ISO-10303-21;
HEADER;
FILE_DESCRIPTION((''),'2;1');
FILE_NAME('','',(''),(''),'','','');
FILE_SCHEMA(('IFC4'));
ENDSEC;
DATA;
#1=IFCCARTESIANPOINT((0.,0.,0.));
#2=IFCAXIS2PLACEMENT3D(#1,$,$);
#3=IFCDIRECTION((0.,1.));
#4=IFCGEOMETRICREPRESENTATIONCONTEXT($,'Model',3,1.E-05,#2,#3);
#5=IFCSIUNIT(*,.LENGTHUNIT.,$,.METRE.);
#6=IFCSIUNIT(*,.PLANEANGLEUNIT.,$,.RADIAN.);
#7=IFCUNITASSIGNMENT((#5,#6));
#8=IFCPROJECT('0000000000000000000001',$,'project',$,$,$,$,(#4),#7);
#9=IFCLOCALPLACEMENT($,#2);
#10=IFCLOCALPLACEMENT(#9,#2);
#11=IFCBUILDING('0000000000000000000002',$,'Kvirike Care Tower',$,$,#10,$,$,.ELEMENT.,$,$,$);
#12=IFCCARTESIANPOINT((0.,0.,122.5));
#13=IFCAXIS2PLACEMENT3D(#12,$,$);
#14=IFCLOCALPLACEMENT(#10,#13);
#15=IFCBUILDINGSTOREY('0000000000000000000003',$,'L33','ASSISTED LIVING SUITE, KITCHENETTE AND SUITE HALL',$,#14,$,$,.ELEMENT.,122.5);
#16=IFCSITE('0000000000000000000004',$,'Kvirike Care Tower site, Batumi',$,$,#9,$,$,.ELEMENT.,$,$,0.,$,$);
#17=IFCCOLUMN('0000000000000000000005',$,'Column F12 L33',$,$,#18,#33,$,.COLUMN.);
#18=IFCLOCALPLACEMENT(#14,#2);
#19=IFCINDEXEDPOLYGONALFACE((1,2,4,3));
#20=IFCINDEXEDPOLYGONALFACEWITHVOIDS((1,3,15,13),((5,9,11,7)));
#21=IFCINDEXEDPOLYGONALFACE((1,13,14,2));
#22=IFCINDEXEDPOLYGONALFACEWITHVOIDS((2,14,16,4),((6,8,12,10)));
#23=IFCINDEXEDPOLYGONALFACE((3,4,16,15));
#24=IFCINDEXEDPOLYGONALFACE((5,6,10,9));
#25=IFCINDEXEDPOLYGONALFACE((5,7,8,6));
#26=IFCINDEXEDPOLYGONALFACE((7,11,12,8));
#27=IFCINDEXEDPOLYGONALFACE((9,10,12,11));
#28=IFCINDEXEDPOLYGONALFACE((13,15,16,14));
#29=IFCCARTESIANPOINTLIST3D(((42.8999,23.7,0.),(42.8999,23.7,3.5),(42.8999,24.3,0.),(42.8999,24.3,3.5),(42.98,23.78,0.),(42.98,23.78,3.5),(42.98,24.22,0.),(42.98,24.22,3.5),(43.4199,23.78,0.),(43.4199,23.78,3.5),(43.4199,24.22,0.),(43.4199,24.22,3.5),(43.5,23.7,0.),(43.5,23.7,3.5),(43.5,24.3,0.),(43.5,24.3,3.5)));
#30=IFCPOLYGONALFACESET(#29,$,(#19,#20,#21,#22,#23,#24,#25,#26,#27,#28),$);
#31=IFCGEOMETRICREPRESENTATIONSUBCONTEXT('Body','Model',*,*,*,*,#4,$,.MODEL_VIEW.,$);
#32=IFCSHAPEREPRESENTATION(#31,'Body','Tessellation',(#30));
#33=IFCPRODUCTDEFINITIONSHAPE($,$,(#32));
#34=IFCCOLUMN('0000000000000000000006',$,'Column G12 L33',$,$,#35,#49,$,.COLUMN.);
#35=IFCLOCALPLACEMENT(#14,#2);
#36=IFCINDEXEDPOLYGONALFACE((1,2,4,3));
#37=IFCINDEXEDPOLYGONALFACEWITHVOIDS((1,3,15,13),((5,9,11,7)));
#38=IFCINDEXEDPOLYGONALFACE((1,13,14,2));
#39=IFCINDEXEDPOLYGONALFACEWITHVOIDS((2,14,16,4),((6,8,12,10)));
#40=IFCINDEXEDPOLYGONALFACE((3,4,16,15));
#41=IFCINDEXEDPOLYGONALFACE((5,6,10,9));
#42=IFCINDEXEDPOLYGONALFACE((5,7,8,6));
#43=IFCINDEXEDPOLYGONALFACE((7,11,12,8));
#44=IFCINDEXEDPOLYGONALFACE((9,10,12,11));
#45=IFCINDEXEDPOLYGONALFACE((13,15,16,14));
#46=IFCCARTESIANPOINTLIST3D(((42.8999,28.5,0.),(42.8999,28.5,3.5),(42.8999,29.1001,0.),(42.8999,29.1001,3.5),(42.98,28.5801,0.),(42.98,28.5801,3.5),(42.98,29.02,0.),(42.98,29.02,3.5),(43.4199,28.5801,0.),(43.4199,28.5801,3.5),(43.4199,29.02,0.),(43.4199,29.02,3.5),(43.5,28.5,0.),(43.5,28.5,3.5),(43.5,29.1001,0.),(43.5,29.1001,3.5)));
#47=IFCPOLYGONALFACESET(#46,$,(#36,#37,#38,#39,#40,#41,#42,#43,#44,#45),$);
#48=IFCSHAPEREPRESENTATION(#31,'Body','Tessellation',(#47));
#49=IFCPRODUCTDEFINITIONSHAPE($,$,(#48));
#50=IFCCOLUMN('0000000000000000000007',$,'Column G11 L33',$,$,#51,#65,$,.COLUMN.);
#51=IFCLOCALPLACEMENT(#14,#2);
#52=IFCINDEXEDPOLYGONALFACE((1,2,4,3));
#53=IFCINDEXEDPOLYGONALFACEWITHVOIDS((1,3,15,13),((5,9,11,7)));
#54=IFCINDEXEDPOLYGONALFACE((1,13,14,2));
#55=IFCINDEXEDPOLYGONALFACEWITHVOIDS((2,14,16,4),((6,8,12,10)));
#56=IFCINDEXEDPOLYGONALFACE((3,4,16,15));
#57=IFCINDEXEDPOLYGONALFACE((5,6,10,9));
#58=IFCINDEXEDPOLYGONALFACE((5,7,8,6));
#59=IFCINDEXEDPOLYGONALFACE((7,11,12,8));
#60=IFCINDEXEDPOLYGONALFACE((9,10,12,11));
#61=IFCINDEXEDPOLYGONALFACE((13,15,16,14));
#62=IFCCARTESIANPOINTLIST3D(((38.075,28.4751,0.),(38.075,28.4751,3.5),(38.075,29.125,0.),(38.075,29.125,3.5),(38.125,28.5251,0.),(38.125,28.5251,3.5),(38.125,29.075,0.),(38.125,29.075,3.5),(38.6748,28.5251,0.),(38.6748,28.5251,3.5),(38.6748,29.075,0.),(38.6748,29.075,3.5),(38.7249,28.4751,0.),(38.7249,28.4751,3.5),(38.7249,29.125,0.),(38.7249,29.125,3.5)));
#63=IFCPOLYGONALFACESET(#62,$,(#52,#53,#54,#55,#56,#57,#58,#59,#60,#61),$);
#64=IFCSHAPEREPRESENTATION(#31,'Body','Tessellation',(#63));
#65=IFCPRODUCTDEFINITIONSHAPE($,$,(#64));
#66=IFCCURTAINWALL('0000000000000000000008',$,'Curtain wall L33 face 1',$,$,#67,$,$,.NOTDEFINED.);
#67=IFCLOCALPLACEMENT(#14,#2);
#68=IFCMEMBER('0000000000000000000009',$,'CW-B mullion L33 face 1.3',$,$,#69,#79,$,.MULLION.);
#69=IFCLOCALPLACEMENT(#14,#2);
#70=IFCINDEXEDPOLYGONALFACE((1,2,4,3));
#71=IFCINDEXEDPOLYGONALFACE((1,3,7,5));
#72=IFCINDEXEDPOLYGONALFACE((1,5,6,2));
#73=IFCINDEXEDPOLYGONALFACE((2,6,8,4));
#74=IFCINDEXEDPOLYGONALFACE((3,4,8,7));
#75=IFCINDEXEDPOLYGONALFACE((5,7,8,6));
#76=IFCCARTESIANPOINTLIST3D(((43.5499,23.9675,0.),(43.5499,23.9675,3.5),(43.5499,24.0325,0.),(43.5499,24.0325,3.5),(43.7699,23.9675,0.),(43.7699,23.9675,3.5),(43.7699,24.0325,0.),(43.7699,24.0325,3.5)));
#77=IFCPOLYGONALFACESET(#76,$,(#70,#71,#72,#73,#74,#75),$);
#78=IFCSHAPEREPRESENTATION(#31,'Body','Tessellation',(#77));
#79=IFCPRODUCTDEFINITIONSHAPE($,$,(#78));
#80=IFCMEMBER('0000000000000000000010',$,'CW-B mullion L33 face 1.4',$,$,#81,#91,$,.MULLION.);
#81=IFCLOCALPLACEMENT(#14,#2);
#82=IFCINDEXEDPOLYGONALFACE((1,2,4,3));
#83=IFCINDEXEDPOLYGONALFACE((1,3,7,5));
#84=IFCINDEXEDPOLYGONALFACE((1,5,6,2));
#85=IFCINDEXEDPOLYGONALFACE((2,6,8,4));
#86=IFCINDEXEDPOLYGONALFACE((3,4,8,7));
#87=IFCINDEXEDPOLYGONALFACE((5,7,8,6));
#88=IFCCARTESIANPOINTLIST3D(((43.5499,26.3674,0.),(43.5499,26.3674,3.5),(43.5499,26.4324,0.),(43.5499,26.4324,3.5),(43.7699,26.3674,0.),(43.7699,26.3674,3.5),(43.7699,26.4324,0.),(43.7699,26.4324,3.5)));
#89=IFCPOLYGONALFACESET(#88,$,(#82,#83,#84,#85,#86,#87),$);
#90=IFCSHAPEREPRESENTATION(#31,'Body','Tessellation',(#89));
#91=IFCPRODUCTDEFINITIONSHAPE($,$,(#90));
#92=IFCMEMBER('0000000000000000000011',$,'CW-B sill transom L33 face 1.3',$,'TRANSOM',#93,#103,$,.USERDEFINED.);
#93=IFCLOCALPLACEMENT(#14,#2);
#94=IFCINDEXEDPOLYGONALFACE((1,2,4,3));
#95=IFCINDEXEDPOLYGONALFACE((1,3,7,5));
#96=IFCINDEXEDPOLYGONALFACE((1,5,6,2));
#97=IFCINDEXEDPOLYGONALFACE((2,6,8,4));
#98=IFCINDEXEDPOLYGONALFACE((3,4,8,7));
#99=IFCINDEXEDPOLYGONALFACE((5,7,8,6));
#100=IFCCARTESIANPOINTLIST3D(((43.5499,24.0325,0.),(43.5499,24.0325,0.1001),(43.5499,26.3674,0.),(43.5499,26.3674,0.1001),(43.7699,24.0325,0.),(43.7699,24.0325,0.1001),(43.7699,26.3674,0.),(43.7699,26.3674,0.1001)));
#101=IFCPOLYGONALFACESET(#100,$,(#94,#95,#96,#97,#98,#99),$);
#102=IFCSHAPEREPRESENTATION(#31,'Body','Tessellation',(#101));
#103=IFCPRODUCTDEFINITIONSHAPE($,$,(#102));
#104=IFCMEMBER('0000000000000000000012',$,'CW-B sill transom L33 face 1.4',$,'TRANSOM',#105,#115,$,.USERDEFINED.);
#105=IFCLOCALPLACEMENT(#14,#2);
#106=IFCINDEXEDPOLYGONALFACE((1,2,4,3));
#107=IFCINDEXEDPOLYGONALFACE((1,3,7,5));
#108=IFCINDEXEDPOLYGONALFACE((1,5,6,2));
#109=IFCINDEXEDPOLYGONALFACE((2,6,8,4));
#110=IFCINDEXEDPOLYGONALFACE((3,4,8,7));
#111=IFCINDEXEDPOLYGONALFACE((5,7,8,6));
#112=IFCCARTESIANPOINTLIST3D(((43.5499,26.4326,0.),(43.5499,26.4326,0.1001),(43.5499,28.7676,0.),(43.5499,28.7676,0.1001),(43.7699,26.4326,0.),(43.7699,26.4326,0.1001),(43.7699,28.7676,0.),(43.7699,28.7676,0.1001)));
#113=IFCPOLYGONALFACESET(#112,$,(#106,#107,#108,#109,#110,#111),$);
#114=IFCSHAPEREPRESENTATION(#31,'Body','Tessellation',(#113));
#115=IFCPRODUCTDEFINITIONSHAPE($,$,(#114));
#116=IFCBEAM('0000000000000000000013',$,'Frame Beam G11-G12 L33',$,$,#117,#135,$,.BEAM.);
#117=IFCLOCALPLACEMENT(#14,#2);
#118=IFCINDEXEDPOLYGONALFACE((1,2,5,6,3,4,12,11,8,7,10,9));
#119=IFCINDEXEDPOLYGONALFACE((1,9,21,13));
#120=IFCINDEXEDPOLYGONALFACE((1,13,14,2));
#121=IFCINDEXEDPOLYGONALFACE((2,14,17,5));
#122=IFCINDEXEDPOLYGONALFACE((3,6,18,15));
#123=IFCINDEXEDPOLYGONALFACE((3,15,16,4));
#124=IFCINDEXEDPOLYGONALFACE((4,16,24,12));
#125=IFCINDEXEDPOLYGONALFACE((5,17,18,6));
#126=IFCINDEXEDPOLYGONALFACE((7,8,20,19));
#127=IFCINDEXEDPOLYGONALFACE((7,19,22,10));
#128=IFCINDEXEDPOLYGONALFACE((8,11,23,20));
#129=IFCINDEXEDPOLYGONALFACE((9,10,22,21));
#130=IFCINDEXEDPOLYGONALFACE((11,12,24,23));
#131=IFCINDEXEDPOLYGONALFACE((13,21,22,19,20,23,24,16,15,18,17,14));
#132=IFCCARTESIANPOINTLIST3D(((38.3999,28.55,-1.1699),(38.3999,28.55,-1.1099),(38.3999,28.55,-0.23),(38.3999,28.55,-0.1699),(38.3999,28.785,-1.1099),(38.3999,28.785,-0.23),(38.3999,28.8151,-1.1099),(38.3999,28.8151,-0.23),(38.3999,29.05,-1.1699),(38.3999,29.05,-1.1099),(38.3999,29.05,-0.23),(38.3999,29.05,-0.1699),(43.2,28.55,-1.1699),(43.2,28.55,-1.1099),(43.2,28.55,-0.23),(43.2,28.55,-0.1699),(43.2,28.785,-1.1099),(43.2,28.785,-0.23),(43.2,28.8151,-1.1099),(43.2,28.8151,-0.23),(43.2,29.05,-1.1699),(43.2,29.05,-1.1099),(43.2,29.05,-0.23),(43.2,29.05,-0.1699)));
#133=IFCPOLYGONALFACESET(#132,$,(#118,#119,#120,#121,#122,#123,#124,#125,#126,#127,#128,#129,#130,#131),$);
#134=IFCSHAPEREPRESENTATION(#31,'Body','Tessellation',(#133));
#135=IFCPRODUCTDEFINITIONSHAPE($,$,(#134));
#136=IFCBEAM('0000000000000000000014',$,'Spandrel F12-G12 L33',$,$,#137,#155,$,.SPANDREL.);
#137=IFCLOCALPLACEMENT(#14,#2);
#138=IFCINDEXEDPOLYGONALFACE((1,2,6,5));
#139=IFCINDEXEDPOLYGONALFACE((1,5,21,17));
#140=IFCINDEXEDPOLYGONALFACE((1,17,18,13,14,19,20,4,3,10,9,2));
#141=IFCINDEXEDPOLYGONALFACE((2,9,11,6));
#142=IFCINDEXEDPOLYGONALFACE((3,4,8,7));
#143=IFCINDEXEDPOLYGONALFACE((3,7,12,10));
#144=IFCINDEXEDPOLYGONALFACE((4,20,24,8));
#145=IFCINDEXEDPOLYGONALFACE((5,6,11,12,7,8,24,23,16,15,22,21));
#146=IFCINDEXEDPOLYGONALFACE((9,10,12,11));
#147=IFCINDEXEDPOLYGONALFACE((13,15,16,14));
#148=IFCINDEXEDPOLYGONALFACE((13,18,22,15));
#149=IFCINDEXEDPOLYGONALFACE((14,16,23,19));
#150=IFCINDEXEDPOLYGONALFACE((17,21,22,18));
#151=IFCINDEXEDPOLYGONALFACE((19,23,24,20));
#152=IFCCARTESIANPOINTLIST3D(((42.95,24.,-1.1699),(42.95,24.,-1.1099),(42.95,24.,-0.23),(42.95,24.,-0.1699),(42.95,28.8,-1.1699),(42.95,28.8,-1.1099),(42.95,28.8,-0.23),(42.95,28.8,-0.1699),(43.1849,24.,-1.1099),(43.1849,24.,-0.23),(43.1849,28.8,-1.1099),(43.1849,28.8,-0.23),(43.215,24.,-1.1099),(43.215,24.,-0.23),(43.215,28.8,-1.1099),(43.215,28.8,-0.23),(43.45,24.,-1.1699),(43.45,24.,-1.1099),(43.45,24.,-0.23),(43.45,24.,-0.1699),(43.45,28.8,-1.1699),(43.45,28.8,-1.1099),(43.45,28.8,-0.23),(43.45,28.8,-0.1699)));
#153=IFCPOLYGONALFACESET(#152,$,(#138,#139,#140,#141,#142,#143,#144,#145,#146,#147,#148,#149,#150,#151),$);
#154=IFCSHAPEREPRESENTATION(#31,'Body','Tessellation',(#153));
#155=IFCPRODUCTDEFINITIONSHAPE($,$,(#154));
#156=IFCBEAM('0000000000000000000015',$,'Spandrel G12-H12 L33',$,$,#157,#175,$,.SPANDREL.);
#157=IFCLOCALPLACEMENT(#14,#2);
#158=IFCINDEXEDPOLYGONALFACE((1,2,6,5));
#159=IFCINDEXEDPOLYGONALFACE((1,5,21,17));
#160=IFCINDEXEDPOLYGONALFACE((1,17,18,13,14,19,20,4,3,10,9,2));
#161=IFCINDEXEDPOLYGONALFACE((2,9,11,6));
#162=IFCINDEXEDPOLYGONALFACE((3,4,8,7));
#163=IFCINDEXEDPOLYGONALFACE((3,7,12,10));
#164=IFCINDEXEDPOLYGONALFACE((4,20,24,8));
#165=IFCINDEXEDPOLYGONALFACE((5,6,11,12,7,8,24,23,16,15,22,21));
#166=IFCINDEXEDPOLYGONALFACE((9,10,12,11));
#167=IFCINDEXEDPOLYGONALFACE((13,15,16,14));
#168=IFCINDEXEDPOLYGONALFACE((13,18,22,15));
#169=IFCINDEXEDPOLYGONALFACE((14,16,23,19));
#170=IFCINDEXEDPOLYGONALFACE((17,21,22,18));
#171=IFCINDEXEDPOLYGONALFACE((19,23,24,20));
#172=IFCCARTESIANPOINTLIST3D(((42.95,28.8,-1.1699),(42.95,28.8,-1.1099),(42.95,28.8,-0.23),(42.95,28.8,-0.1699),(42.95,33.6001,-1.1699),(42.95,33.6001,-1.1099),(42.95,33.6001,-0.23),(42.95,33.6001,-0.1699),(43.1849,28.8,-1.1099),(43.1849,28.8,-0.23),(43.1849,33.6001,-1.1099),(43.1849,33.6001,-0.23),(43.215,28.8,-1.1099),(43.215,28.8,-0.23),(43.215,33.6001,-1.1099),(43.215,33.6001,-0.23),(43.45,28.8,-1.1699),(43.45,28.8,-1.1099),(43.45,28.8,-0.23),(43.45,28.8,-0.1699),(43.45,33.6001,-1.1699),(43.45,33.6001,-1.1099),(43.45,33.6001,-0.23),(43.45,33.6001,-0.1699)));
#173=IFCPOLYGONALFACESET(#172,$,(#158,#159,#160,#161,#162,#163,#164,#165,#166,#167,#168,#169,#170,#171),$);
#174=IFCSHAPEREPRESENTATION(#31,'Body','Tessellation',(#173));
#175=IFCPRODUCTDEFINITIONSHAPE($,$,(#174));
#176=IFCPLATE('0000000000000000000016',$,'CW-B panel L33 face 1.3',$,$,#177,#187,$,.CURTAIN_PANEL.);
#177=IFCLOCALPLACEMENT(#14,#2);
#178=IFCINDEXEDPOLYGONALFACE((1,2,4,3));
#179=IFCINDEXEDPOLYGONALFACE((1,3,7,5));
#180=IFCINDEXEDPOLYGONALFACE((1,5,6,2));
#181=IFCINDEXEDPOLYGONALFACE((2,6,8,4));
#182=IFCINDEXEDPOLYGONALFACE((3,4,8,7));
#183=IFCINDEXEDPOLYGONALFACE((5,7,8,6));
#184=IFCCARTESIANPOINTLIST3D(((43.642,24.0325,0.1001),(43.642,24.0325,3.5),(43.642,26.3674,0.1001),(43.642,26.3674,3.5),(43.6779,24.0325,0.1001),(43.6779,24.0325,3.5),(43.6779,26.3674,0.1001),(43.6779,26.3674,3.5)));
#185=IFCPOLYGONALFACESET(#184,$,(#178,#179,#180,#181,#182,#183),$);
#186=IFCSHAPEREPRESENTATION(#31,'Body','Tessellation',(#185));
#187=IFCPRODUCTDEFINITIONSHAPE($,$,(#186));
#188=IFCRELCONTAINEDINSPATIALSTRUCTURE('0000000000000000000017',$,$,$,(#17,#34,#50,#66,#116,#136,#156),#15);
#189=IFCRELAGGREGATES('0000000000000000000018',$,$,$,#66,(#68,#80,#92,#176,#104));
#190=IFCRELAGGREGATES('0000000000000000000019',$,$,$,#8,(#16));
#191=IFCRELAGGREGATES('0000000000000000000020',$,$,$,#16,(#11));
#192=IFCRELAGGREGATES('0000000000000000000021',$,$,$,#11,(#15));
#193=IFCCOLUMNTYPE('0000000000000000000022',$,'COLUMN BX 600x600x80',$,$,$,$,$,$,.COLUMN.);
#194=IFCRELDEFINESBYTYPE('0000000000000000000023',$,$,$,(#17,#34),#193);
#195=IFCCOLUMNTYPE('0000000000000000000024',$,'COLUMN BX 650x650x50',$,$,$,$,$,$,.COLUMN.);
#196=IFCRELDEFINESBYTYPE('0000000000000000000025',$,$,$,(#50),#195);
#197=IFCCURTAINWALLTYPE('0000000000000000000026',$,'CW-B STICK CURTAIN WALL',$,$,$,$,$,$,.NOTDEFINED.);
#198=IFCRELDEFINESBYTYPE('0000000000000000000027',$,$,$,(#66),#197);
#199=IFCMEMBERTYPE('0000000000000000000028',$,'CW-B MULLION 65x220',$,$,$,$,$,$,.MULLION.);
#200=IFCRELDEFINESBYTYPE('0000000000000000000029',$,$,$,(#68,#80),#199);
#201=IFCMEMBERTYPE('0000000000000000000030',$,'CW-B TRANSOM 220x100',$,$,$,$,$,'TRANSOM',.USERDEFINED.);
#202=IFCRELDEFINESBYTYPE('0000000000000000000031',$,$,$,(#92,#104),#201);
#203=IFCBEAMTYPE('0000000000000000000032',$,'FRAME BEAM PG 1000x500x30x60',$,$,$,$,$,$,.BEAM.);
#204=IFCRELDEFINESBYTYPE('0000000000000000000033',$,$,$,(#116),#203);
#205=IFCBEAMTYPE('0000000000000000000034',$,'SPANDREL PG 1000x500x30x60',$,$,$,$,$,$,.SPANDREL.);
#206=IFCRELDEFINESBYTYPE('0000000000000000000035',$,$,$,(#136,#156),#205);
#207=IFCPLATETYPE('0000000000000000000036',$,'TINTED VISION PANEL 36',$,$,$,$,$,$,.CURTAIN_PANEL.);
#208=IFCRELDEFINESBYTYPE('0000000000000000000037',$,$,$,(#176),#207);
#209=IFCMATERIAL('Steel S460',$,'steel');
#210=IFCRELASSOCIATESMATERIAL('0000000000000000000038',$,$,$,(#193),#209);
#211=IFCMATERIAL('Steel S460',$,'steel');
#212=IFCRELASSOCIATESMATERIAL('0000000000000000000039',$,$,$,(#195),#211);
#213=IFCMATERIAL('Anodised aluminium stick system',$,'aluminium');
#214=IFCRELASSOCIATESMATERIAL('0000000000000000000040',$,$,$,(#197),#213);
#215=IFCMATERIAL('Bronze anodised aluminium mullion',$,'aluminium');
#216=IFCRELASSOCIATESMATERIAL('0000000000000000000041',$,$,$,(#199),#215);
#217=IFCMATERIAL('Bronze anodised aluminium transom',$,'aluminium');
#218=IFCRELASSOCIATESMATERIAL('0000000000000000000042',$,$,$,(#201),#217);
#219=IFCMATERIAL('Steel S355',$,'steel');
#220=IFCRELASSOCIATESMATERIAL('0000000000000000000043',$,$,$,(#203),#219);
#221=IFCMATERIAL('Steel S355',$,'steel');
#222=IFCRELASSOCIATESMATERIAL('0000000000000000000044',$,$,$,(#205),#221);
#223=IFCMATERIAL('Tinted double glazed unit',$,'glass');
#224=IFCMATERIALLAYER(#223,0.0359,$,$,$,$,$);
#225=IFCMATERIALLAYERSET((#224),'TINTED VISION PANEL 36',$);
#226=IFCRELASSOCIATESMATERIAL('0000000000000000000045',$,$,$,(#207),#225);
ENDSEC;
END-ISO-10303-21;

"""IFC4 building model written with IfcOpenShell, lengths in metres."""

from ifc_helpers import new_model, si_unit, direction, frame, origin, origin_2d, place, context, subcontext, project, spatial, rectangle, hollow_rectangle, i_section, extrude, material, layer, layer_set, material_profile, profile_set, type_object, element, aggregate, save


model = new_model("IFC4")

# Units and contexts
model_context = context("Model", 3, precision=1e-05, world=origin(), true_north=direction((0.0, 1.0)))
body_context = subcontext(model_context, "Body", "Model", "MODEL_VIEW")
ifc_project = project(units=[si_unit("LENGTHUNIT", "METRE"), si_unit("PLANEANGLEUNIT", "RADIAN")], contexts=[model_context])

# Site, building, storey
site_placement = place(None, origin())
site = spatial("IfcSite", under=ifc_project, at=site_placement, Name="Kvirike Care Tower site, Batumi", CompositionType="ELEMENT", RefElevation=0.0)
building_placement = place(site_placement, origin())
building = spatial("IfcBuilding", under=site, at=building_placement, Name="Kvirike Care Tower", CompositionType="ELEMENT")
storey_placement = place(building_placement, frame((0.0, 0.0, 122.5)))
storey = spatial("IfcBuildingStorey", under=building, at=storey_placement, Name="L33", Description="ASSISTED LIVING SUITE, KITCHENETTE AND SUITE HALL", CompositionType="ELEMENT", Elevation=122.5)

# Columns
ifc_material_1 = material(Name="Steel S460", Category="steel")
ifc_material_profile_1 = material_profile(ifc_material_1, hollow_rectangle(XDim=0.6001, YDim=0.6001, WallThickness=0.0801, at=origin_2d()), Name="BX 600x600x80")
ifc_profile_set_1 = profile_set([ifc_material_profile_1], Name="Steel S460")
column_type_1 = type_object("IfcColumnType", Name="COLUMN BX 600x600x80", PredefinedType="COLUMN", material=ifc_profile_set_1)
for number, where, z_axis, x_axis, name in (
    (1, (43.2, 24.0, 0.0), (0.0, 0.0, 1.0), (1.0, 0.0, 0.0), "Column F12 L33"),
    (2, (43.2, 28.8, 0.0), (0.0, 0.0, 1.0), (0.0, 1.0, 0.0), "Column G12 L33"),
):
    element("IfcColumn", number, at=place(storey_placement, frame(where, z_axis=z_axis, x_axis=x_axis)), inside=storey, type_object=column_type_1, Name=name, PredefinedType="COLUMN", context=body_context, shape_type="SweptSolid", body=[
        extrude(hollow_rectangle(XDim=0.6001, YDim=0.6001, WallThickness=0.0801, at=origin_2d()), origin(), (0.0, 0.0, 1.0), 3.5),
    ])
ifc_material_2 = material(Name="Steel S460", Category="steel")
ifc_material_profile_2 = material_profile(ifc_material_2, hollow_rectangle(XDim=0.6499, YDim=0.6499, WallThickness=0.05, at=origin_2d()), Name="BX 650x650x50")
ifc_profile_set_2 = profile_set([ifc_material_profile_2], Name="Steel S460")
column_type_2 = type_object("IfcColumnType", Name="COLUMN BX 650x650x50", PredefinedType="COLUMN", material=ifc_profile_set_2)
column_placement = place(storey_placement, frame((38.3999, 28.8, 0.0), z_axis=(0.0, 0.0, 1.0), x_axis=(0.0, 1.0, 0.0)))
element("IfcColumn", 3, at=column_placement, inside=storey, type_object=column_type_2, Name="Column G11 L33", PredefinedType="COLUMN", context=body_context, shape_type="SweptSolid", body=[
    extrude(hollow_rectangle(XDim=0.6499, YDim=0.6499, WallThickness=0.05, at=origin_2d()), origin(), (0.0, 0.0, 1.0), 3.5),
])

# Curtain wall, members
ifc_material_3 = material(Name="Anodised aluminium stick system", Category="aluminium")
curtain_wall_type = type_object("IfcCurtainWallType", Name="CW-B STICK CURTAIN WALL", PredefinedType="NOTDEFINED", material=ifc_material_3)
curtain_wall_placement = place(storey_placement, origin())
curtain_wall = element("IfcCurtainWall", 4, at=curtain_wall_placement, inside=storey, type_object=curtain_wall_type, Name="Curtain wall L33 face 1", PredefinedType="NOTDEFINED")
ifc_material_4 = material(Name="Bronze anodised aluminium mullion", Category="aluminium")
ifc_material_profile_3 = material_profile(ifc_material_4, rectangle(XDim=0.0649, YDim=0.22, at=origin_2d()), Name="CW-B MULLION 65x220")
ifc_profile_set_3 = profile_set([ifc_material_profile_3], Name="Bronze anodised aluminium mullion")
member_type_1 = type_object("IfcMemberType", Name="CW-B MULLION 65x220", PredefinedType="MULLION", material=ifc_profile_set_3)
member_1_placement = place(storey_placement, frame((43.6599, 24.0, 0.0), z_axis=(0.0, 0.0, 1.0), x_axis=(0.0, 1.0, 0.0)))
member_1 = element("IfcMember", 5, at=member_1_placement, type_object=member_type_1, Name="CW-B mullion L33 face 1.3", PredefinedType="MULLION", context=body_context, shape_type="SweptSolid", body=[
    extrude(rectangle(XDim=0.0649, YDim=0.22, at=origin_2d()), origin(), (0.0, 0.0, 1.0), 3.5),
])
member_2_placement = place(storey_placement, frame((43.6599, 26.3999, 0.0), z_axis=(0.0, 0.0, 1.0), x_axis=(0.0, 1.0, 0.0)))
member_2 = element("IfcMember", 6, at=member_2_placement, type_object=member_type_1, Name="CW-B mullion L33 face 1.4", PredefinedType="MULLION", context=body_context, shape_type="SweptSolid", body=[
    extrude(rectangle(XDim=0.0649, YDim=0.22, at=origin_2d()), origin(), (0.0, 0.0, 1.0), 3.5),
])
ifc_material_5 = material(Name="Bronze anodised aluminium transom", Category="aluminium")
ifc_material_profile_4 = material_profile(ifc_material_5, rectangle(XDim=0.22, YDim=0.1001, at=origin_2d()), Name="CW-B TRANSOM 220x100")
ifc_profile_set_4 = profile_set([ifc_material_profile_4], Name="Bronze anodised aluminium transom")
member_type_2 = type_object("IfcMemberType", Name="CW-B TRANSOM 220x100", ElementType="TRANSOM", PredefinedType="USERDEFINED", material=ifc_profile_set_4)
member_3_placement = place(storey_placement, frame((43.6599, 24.0325, 0.05), z_axis=(0.0, 1.0, 0.0), x_axis=(-1.0, 0.0, 0.0)))
member_3 = element("IfcMember", 7, at=member_3_placement, type_object=member_type_2, Name="CW-B sill transom L33 face 1.3", ObjectType="TRANSOM", PredefinedType="USERDEFINED", context=body_context, shape_type="SweptSolid", body=[
    extrude(rectangle(XDim=0.22, YDim=0.1001, at=origin_2d()), origin(), (0.0, 0.0, 1.0), 2.335),
])
member_4_placement = place(storey_placement, frame((43.6599, 26.4326, 0.05), z_axis=(0.0, 1.0, 0.0), x_axis=(-1.0, 0.0, 0.0)))
member_4 = element("IfcMember", 8, at=member_4_placement, type_object=member_type_2, Name="CW-B sill transom L33 face 1.4", ObjectType="TRANSOM", PredefinedType="USERDEFINED", context=body_context, shape_type="SweptSolid", body=[
    extrude(rectangle(XDim=0.22, YDim=0.1001, at=origin_2d()), origin(), (0.0, 0.0, 1.0), 2.335),
])

# Beams
ifc_material_6 = material(Name="Steel S355", Category="steel")
ifc_material_profile_5 = material_profile(ifc_material_6, i_section(OverallWidth=0.5, OverallDepth=1.0, WebThickness=0.03, FlangeThickness=0.0601, at=origin_2d()), Name="PG 1000x500x30x60")
ifc_profile_set_5 = profile_set([ifc_material_profile_5], Name="Steel S355")
beam_type_1 = type_object("IfcBeamType", Name="FRAME BEAM PG 1000x500x30x60", PredefinedType="BEAM", material=ifc_profile_set_5)
beam_placement = place(storey_placement, frame((38.3999, 28.8, -0.6699), z_axis=(1.0, 0.0, 0.0), x_axis=(0.0, 1.0, 0.0)))
element("IfcBeam", 9, at=beam_placement, inside=storey, type_object=beam_type_1, Name="Frame Beam G11-G12 L33", PredefinedType="BEAM", context=body_context, shape_type="SweptSolid", body=[
    extrude(i_section(OverallWidth=0.5, OverallDepth=1.0, WebThickness=0.03, FlangeThickness=0.0601, at=origin_2d()), origin(), (0.0, 0.0, 1.0), 4.8),
])
ifc_material_7 = material(Name="Steel S355", Category="steel")
ifc_material_profile_6 = material_profile(ifc_material_7, i_section(OverallWidth=0.5, OverallDepth=1.0, WebThickness=0.03, FlangeThickness=0.0601, at=origin_2d()), Name="PG 1000x500x30x60")
ifc_profile_set_6 = profile_set([ifc_material_profile_6], Name="Steel S355")
beam_type_2 = type_object("IfcBeamType", Name="SPANDREL PG 1000x500x30x60", PredefinedType="SPANDREL", material=ifc_profile_set_6)
for number, where, z_axis, x_axis, name in (
    (10, (43.2, 24.0, -0.6699), (0.0, 1.0, 0.0), (-1.0, 0.0, 0.0), "Spandrel F12-G12 L33"),
    (11, (43.2, 28.8, -0.6699), (0.0, 1.0, 0.0), (-1.0, 0.0, 0.0), "Spandrel G12-H12 L33"),
):
    element("IfcBeam", number, at=place(storey_placement, frame(where, z_axis=z_axis, x_axis=x_axis)), inside=storey, type_object=beam_type_2, Name=name, PredefinedType="SPANDREL", context=body_context, shape_type="SweptSolid", body=[
        extrude(i_section(OverallWidth=0.5, OverallDepth=1.0, WebThickness=0.03, FlangeThickness=0.0601, at=origin_2d()), origin(), (0.0, 0.0, 1.0), 4.8),
    ])

# Plate
ifc_material_8 = material(Name="Tinted double glazed unit", Category="glass")
ifc_layer_1 = layer(ifc_material_8, 0.0359)
ifc_layer_set_1 = layer_set([ifc_layer_1], Name="TINTED VISION PANEL 36")
plate_type = type_object("IfcPlateType", Name="TINTED VISION PANEL 36", PredefinedType="CURTAIN_PANEL", material=ifc_layer_set_1)
plate_1_placement = place(storey_placement, frame((43.6599, 25.2, 0.1001), z_axis=(0.0, 0.0, 1.0), x_axis=(0.0, 1.0, 0.0)))
plate_1 = element("IfcPlate", 12, at=plate_1_placement, type_object=plate_type, Name="CW-B panel L33 face 1.3", PredefinedType="CURTAIN_PANEL", context=body_context, shape_type="SweptSolid", body=[
    extrude(rectangle(XDim=2.335, YDim=0.0359, at=origin_2d()), origin(), (0.0, 0.0, 1.0), 3.3999),
])
aggregate(curtain_wall, [member_1, member_2, member_3, plate_1, member_4])

save(model, "model.ifc")
